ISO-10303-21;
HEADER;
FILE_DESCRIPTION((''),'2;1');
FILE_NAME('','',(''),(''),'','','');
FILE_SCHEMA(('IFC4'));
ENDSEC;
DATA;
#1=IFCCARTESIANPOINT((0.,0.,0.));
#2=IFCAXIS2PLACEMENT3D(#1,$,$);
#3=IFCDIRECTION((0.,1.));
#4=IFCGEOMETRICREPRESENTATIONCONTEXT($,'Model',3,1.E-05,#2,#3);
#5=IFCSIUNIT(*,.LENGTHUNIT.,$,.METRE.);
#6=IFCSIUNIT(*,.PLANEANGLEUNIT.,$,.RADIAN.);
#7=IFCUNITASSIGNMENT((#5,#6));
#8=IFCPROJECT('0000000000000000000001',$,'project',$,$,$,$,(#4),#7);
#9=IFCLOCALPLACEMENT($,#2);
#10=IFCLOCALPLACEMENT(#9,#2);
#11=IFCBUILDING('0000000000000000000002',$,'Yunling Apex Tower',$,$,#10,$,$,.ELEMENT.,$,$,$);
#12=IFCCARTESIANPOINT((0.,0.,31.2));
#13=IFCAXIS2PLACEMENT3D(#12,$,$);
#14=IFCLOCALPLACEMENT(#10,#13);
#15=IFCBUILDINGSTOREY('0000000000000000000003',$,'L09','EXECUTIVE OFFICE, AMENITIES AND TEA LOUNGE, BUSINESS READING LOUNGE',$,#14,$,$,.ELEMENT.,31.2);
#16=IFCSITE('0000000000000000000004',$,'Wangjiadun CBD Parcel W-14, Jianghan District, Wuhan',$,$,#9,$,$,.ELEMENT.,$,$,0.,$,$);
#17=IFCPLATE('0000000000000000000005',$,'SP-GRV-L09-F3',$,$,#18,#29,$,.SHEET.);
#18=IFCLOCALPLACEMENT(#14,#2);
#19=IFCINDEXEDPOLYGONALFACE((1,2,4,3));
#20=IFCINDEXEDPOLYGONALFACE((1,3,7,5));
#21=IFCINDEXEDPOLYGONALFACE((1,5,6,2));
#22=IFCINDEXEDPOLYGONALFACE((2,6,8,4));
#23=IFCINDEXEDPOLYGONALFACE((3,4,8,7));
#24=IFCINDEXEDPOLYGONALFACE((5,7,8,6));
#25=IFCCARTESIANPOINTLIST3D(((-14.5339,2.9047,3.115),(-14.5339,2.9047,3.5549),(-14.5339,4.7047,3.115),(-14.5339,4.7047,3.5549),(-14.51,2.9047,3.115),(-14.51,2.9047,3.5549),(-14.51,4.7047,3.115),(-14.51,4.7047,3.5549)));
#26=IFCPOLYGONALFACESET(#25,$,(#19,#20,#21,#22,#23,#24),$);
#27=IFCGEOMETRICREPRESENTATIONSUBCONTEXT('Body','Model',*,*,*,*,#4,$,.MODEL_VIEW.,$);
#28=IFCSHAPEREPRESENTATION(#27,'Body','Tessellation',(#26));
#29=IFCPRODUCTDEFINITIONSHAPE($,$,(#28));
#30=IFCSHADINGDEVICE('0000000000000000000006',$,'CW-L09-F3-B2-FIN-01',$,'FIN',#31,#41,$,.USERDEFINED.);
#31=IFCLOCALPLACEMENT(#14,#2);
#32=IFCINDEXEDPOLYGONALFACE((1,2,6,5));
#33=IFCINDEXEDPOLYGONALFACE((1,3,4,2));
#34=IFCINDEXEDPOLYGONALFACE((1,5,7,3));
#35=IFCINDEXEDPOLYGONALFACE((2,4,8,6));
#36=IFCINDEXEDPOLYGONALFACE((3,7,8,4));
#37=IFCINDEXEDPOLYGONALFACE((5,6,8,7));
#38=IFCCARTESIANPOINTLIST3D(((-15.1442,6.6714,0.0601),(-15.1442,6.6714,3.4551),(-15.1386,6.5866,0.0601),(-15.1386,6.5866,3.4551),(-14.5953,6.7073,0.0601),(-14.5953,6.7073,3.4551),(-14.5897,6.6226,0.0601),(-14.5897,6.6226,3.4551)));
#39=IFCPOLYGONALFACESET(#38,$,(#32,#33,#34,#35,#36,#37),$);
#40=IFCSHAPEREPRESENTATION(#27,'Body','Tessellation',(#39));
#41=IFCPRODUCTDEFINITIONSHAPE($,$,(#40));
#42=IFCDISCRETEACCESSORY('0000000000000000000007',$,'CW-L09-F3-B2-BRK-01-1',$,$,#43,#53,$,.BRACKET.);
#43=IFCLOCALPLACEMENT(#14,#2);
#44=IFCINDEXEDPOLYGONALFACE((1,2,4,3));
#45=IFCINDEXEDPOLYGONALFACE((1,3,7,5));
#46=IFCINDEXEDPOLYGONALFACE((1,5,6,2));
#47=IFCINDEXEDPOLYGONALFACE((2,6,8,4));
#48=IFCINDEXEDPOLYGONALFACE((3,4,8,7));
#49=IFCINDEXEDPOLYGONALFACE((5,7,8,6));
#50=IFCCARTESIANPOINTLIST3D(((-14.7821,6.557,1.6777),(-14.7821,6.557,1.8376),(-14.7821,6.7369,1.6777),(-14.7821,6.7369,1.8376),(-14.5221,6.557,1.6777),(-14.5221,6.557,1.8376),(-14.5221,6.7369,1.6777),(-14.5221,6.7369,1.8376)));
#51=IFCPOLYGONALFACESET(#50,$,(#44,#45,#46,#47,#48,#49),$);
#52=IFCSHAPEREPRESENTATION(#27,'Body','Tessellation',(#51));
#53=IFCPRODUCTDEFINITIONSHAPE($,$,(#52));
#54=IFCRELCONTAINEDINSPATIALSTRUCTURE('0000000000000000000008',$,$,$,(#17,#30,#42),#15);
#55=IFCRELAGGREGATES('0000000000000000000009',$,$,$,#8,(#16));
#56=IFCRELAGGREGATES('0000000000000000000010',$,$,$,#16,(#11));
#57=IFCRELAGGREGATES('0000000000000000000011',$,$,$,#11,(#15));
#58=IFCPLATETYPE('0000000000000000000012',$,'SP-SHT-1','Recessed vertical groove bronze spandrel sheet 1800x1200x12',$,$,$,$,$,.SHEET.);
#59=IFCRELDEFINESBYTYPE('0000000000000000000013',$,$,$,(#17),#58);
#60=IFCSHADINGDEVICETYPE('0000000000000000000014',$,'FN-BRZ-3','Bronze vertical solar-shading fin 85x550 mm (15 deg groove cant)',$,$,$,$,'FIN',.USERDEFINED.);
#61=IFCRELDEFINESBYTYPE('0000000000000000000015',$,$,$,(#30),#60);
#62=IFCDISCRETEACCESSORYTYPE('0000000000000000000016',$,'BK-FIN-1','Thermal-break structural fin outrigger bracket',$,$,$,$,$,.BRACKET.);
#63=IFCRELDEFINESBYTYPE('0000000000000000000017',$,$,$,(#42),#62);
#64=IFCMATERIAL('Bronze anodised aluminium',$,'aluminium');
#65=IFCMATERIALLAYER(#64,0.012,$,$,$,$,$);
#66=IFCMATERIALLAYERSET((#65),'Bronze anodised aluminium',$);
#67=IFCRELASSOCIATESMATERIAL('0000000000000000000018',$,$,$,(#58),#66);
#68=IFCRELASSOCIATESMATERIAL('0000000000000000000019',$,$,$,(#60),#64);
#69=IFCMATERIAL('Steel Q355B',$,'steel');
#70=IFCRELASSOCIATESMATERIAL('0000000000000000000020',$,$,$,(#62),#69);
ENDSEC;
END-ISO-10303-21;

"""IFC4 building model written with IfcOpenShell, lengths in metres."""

from ifc_helpers import new_model, si_unit, direction, frame, origin, origin_2d, place, context, subcontext, project, spatial, rectangle, extrude, source, transform, mapped, material, layer, layer_set, material_profile, profile_set, type_object, element, save


model = new_model("IFC4")

# Units and contexts
model_context = context("Model", 3, precision=1e-05, world=origin(), true_north=direction((0.0, 1.0)))
body_context = subcontext(model_context, "Body", "Model", "MODEL_VIEW")
ifc_project = project(units=[si_unit("LENGTHUNIT", "METRE"), si_unit("PLANEANGLEUNIT", "RADIAN")], contexts=[model_context])

# Site, building, storey
site_placement = place(None, origin())
site = spatial("IfcSite", under=ifc_project, at=site_placement, Name="Wangjiadun CBD Parcel W-14, Jianghan District, Wuhan", CompositionType="ELEMENT", RefElevation=0.0)
building_placement = place(site_placement, origin())
building = spatial("IfcBuilding", under=site, at=building_placement, Name="Yunling Apex Tower", CompositionType="ELEMENT")
storey_placement = place(building_placement, frame((0.0, 0.0, 31.2)))
storey = spatial("IfcBuildingStorey", under=building, at=storey_placement, Name="L09", Description="EXECUTIVE OFFICE, AMENITIES AND TEA LOUNGE, BUSINESS READING LOUNGE", CompositionType="ELEMENT", Elevation=31.2)

# Shared definitions
ifc_material_1 = material(Name="Steel Q355B", Category="steel")

# Shared definitions
ifc_material_2 = material(Name="Bronze anodised aluminium", Category="aluminium")

# Plate
ifc_layer_1 = layer(ifc_material_2, 0.012)
ifc_layer_set_1 = layer_set([ifc_layer_1], Name="Bronze anodised aluminium")
plate_type_1 = type_object("IfcPlateType", Name="SP-SHT-1", Description="Recessed vertical groove bronze spandrel sheet 1800x1200x12", PredefinedType="SHEET", material=ifc_layer_set_1)
shared_shape_1 = source(origin(), body_context, "Body", "SweptSolid", [
    extrude(rectangle(XDim=1.8, YDim=0.0239, at=origin_2d()), origin(), (0.0, 0.0, 1.0), 0.4399),
])
plate_1_placement = place(storey_placement, frame((-14.522, 3.8047, 3.115), z_axis=(0.0, 0.0, 1.0), x_axis=(0.0, -1.0, 0.0)))
element("IfcPlate", 1, at=plate_1_placement, inside=storey, type_object=plate_type_1, Name="SP-GRV-L09-F3", PredefinedType="SHEET", context=body_context, shape_type="MappedRepresentation", body=[
    mapped(shared_shape_1, transform((0.0, 0.0, 0.0), scale=1.0)),
])

# Shading device
ifc_material_profile_1 = material_profile(ifc_material_2, rectangle(XDim=0.085, YDim=0.55, at=origin_2d()))
ifc_profile_set_1 = profile_set([ifc_material_profile_1], Name="Bronze anodised aluminium")
shading_device_type = type_object("IfcShadingDeviceType", Name="FN-BRZ-3", Description="Bronze vertical solar-shading fin 85x550 mm (15 deg groove cant)", ElementType="FIN", PredefinedType="USERDEFINED", material=ifc_profile_set_1)
shared_shape_2 = source(origin(), body_context, "Body", "SweptSolid", [
    extrude(rectangle(XDim=0.085, YDim=0.55, at=origin_2d()), origin(), (0.0, 0.0, 1.0), 3.395),
])
shading_device_placement = place(storey_placement, frame((-14.8669, 6.647, 0.0601), z_axis=(0.0, 0.0, 1.0), x_axis=(0.065403, -0.997859, 0.0)))
element("IfcShadingDevice", 2, at=shading_device_placement, inside=storey, type_object=shading_device_type, Name="CW-L09-F3-B2-FIN-01", ObjectType="FIN", PredefinedType="USERDEFINED", context=body_context, shape_type="MappedRepresentation", body=[
    mapped(shared_shape_2, transform((0.0, 0.0, 0.0), scale=1.0)),
])

# Discrete accessory
discrete_accessory_type = type_object("IfcDiscreteAccessoryType", Name="BK-FIN-1", Description="Thermal-break structural fin outrigger bracket", PredefinedType="BRACKET", material=ifc_material_1)
shared_shape_3 = source(origin(), body_context, "Body", "SweptSolid", [
    extrude(rectangle(XDim=0.1799, YDim=0.26, at=origin_2d()), origin(), (0.0, 0.0, 1.0), 0.1599),
])
discrete_accessory_placement = place(storey_placement, frame((-14.6521, 6.647, 1.6777), z_axis=(0.0, 0.0, 1.0), x_axis=(0.0, -1.0, 0.0)))
element("IfcDiscreteAccessory", 3, at=discrete_accessory_placement, inside=storey, type_object=discrete_accessory_type, Name="CW-L09-F3-B2-BRK-01-1", PredefinedType="BRACKET", context=body_context, shape_type="MappedRepresentation", body=[
    mapped(shared_shape_3, transform((0.0, 0.0, 0.0), scale=1.0)),
])

save(model, "model.ifc")
